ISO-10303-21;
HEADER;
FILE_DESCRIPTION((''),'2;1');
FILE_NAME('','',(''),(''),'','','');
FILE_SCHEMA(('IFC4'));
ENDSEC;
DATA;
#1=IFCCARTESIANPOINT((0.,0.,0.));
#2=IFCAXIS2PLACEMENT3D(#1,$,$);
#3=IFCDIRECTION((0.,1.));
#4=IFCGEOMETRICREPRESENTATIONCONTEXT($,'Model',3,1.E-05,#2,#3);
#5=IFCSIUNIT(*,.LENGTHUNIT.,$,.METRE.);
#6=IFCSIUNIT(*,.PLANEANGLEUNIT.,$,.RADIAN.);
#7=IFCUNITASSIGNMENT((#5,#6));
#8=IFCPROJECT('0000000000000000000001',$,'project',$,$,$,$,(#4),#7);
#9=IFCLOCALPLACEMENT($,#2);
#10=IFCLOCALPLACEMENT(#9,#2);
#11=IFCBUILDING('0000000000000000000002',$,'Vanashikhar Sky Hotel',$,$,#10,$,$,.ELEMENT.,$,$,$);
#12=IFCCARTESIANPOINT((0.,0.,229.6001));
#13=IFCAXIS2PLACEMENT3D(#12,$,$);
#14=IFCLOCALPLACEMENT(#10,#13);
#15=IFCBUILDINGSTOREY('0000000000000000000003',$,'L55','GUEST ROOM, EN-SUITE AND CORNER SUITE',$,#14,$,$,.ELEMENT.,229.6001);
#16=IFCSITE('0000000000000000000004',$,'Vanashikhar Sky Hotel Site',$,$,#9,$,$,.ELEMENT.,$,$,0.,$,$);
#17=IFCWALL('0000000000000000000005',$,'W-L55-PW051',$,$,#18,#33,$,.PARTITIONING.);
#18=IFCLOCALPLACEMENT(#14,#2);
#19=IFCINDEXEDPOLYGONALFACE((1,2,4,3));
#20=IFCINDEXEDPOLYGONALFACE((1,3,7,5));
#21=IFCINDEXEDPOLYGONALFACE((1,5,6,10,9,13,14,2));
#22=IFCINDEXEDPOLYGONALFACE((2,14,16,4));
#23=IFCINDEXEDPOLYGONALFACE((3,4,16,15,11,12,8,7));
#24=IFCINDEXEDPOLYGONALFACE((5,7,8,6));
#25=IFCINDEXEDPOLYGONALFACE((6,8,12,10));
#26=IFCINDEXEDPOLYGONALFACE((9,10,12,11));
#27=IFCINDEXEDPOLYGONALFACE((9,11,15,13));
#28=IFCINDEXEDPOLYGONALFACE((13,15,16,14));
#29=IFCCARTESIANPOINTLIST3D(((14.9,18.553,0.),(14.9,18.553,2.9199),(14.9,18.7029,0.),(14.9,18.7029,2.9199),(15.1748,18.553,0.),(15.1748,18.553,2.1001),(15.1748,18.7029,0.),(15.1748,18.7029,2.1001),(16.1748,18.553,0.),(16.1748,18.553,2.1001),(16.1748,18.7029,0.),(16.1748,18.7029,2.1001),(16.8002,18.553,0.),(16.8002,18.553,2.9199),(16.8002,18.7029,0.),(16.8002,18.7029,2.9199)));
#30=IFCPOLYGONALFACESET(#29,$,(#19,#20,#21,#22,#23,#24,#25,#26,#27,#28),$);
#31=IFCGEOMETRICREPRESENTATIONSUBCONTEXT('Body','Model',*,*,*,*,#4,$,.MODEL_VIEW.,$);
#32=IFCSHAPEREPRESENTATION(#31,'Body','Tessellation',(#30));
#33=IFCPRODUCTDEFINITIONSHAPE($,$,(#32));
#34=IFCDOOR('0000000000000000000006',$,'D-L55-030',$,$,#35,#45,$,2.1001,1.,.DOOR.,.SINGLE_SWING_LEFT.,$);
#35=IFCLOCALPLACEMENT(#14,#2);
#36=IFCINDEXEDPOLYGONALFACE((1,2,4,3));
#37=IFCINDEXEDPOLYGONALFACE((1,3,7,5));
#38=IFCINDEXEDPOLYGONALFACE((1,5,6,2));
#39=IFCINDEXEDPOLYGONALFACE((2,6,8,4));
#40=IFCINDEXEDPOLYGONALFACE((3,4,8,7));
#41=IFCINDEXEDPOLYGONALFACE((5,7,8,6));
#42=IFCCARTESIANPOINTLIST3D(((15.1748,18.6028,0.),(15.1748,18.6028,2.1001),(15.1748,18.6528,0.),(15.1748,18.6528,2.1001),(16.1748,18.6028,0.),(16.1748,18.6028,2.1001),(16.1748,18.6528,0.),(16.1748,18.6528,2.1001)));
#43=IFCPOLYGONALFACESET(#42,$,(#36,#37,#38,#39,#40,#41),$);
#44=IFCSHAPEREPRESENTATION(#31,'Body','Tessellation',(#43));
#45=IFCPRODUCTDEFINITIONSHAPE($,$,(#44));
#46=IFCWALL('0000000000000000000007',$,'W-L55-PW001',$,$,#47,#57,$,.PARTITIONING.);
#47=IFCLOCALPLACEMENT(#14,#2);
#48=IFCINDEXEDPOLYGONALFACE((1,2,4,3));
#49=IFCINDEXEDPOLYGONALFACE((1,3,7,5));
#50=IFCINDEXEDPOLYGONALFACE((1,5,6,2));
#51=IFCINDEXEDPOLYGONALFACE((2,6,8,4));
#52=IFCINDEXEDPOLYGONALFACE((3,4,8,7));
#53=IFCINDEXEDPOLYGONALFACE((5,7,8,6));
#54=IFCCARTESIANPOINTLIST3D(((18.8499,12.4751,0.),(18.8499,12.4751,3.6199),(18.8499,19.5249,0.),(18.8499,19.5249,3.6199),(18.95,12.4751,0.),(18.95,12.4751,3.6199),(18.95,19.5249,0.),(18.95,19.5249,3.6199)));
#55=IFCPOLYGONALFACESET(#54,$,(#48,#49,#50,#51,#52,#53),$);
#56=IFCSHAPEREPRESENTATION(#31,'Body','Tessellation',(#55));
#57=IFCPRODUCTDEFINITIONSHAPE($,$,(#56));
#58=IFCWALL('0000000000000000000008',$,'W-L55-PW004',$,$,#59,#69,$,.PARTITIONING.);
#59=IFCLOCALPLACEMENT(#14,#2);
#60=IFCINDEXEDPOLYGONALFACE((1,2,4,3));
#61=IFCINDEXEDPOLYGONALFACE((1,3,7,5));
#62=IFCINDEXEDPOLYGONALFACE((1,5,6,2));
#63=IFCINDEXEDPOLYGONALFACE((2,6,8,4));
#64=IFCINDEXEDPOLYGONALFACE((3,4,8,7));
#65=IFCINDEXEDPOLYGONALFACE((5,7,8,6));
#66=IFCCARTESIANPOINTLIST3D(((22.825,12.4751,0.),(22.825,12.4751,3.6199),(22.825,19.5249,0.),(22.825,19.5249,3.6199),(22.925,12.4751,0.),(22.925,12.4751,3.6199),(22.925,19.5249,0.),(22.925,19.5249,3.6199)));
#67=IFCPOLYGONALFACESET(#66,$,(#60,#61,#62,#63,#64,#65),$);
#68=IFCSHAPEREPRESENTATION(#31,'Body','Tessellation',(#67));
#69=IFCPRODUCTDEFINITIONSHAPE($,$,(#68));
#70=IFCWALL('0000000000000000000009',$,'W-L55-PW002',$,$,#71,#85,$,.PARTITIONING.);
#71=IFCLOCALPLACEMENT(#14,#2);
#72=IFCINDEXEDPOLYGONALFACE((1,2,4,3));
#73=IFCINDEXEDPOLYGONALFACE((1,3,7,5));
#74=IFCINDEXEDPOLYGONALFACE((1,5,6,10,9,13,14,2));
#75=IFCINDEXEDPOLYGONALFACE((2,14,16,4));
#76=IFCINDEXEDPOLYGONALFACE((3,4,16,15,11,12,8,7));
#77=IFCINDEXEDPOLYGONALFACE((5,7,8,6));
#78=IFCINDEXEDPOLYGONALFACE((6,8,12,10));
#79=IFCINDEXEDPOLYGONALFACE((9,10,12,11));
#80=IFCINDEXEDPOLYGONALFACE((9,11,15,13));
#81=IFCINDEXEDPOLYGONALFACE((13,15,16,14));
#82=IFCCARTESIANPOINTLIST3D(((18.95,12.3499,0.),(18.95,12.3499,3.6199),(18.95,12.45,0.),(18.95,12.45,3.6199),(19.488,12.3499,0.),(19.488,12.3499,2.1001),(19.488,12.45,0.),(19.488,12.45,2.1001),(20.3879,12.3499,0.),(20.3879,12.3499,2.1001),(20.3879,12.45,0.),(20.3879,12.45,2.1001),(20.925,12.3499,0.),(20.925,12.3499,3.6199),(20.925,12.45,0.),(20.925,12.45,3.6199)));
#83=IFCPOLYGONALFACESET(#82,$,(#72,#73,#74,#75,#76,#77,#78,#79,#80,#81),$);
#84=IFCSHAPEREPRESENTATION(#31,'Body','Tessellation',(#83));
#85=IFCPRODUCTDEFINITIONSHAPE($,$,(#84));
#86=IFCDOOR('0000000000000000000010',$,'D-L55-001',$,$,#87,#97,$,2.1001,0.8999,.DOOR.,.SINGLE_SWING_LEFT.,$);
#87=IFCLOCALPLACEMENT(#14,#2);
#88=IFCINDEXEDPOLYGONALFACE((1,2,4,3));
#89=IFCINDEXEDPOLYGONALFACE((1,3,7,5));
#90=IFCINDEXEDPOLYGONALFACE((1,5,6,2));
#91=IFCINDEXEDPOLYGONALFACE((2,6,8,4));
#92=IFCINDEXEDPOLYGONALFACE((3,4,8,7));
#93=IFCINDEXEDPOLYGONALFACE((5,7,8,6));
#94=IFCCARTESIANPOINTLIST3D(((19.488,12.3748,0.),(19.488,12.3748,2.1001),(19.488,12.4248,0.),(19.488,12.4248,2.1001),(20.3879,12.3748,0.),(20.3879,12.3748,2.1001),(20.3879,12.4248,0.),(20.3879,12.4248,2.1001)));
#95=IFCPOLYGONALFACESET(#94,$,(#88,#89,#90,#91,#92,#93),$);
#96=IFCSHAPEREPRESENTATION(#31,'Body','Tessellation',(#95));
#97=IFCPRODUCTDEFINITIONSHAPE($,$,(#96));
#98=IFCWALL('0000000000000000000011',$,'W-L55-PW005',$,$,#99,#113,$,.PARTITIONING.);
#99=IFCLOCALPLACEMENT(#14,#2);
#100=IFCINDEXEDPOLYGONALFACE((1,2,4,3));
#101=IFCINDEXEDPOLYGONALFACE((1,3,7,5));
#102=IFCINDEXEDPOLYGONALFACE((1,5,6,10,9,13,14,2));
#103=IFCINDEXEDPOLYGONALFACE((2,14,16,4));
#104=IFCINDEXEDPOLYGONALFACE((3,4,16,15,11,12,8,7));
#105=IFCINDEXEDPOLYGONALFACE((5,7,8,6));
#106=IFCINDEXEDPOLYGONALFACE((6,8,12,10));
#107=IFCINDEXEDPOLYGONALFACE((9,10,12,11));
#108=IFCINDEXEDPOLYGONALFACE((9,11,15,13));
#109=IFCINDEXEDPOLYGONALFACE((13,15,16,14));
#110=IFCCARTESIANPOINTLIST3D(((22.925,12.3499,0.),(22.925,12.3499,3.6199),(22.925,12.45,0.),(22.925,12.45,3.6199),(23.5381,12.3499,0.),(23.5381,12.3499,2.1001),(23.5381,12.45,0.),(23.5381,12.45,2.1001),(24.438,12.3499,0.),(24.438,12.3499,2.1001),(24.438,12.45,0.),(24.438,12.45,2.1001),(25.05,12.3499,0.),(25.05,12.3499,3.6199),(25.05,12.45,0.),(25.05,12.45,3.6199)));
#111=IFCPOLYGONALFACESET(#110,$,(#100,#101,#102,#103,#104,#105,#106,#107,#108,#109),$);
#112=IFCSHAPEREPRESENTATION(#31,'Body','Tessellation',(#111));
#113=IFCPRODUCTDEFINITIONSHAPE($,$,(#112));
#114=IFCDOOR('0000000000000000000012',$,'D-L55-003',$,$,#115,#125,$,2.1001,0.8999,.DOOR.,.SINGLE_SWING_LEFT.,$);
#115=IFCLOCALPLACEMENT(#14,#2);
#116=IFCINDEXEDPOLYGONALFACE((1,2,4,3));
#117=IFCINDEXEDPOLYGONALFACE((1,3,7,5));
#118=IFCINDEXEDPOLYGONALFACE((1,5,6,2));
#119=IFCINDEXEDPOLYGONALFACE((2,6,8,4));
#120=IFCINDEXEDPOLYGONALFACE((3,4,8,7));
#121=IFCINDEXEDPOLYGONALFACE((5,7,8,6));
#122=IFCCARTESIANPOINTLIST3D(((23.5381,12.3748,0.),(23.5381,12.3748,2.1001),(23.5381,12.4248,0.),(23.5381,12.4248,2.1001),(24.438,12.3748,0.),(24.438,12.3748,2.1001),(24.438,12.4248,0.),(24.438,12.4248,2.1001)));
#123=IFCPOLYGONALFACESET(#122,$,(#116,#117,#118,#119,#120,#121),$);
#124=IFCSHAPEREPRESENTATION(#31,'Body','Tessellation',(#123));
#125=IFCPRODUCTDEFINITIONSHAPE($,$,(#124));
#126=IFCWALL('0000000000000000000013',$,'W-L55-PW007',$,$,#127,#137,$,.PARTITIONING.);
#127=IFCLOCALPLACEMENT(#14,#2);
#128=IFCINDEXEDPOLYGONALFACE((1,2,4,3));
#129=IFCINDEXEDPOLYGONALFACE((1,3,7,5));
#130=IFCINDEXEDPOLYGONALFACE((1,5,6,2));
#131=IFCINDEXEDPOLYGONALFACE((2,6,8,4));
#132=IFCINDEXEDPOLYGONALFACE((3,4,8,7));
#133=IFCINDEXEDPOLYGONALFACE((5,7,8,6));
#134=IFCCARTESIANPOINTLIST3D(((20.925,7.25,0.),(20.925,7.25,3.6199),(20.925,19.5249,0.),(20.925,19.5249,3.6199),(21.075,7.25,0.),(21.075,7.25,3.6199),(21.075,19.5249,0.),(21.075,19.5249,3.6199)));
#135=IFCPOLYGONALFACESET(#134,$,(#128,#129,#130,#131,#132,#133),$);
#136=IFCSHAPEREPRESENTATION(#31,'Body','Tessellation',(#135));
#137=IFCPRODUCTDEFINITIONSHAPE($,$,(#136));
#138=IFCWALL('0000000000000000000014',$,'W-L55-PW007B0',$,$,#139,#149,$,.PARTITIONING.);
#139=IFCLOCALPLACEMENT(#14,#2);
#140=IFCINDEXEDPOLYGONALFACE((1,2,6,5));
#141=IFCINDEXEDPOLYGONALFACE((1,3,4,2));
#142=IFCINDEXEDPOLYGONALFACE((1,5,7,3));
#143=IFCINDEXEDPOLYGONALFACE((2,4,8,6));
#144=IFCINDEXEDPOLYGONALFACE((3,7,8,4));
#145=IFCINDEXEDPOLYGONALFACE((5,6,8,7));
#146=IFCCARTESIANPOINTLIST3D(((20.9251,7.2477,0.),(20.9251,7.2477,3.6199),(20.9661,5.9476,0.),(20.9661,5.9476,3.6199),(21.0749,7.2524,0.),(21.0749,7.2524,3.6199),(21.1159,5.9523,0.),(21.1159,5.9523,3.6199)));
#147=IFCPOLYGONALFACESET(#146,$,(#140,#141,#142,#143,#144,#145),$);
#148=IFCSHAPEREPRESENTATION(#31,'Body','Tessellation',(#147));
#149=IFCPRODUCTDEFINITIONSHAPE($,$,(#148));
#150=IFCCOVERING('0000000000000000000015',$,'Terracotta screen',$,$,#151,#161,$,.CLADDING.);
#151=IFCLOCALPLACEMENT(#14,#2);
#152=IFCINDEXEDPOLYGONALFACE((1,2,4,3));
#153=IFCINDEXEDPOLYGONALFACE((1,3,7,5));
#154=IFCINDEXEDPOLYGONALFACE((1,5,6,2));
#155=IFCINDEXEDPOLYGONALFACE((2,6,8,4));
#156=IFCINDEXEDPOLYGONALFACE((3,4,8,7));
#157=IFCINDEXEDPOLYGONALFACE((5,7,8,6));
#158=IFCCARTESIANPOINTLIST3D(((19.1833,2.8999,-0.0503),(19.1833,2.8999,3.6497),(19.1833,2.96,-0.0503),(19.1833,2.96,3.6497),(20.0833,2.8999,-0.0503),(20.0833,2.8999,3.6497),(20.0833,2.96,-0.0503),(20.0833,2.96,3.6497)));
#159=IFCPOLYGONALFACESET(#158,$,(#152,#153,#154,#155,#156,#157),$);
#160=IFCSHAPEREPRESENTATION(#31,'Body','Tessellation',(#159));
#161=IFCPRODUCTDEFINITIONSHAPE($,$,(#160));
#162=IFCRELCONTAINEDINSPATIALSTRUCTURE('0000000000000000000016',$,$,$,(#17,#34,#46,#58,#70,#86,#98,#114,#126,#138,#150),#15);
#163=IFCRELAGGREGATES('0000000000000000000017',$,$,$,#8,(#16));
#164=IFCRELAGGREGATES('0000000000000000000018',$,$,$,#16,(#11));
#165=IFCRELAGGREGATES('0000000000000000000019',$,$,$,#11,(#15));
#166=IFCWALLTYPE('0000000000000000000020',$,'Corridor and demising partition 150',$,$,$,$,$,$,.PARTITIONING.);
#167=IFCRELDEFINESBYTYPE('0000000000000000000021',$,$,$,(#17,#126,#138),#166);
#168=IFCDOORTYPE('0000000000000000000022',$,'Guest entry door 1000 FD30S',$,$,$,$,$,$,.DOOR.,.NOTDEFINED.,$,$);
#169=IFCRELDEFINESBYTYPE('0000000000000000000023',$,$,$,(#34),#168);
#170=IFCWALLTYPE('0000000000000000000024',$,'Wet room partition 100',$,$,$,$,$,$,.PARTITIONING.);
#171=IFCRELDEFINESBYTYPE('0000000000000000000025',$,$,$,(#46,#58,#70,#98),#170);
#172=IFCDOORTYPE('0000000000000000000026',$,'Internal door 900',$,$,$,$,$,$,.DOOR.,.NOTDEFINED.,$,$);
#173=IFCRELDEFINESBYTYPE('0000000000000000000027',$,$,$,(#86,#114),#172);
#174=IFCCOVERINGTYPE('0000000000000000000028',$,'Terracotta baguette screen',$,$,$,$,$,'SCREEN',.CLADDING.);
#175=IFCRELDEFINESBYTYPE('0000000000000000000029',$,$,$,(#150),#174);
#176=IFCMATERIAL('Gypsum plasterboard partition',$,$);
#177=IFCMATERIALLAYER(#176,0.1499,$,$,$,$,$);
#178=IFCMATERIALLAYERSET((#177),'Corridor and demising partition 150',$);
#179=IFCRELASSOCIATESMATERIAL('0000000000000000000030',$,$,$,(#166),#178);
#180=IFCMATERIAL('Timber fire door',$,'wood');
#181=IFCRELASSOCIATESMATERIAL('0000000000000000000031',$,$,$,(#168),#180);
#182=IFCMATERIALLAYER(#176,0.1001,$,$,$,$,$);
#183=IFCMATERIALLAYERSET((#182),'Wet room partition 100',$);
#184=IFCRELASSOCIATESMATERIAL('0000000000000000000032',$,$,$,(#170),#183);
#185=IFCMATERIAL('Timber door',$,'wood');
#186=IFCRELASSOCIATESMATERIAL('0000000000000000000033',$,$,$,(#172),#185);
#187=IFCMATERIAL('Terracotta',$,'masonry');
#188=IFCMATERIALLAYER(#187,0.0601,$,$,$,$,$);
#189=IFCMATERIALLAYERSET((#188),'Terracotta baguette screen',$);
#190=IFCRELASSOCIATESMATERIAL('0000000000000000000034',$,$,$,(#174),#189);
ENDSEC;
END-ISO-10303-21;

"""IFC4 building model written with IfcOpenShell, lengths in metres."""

from ifc_helpers import new_model, si_unit, direction, frame, frame_2d, origin, origin_2d, place, context, subcontext, project, spatial, rectangle, extrude, source, transform, mapped, material, layer, layer_set, type_object, element, fill, save


model = new_model("IFC4")

# Units and contexts
model_context = context("Model", 3, precision=1e-05, world=origin(), true_north=direction((0.0, 1.0)))
body_context = subcontext(model_context, "Body", "Model", "MODEL_VIEW")
ifc_project = project(units=[si_unit("LENGTHUNIT", "METRE"), si_unit("PLANEANGLEUNIT", "RADIAN")], contexts=[model_context])

# Site, building, storey
site_placement = place(None, origin())
site = spatial("IfcSite", under=ifc_project, at=site_placement, Name="Vanashikhar Sky Hotel Site", CompositionType="ELEMENT", RefElevation=0.0)
building_placement = place(site_placement, origin())
building = spatial("IfcBuilding", under=site, at=building_placement, Name="Vanashikhar Sky Hotel", CompositionType="ELEMENT")
storey_placement = place(building_placement, frame((0.0, 0.0, 229.6001)))
storey = spatial("IfcBuildingStorey", under=building, at=storey_placement, Name="L55", Description="GUEST ROOM, EN-SUITE AND CORNER SUITE", CompositionType="ELEMENT", Elevation=229.6001)

# Wall, opening, door
ifc_material_1 = material(Name="Gypsum plasterboard partition")
ifc_layer_1 = layer(ifc_material_1, 0.1499)
ifc_layer_set_1 = layer_set([ifc_layer_1], Name="Corridor and demising partition 150")
wall_type_1 = type_object("IfcWallType", Name="Corridor and demising partition 150", PredefinedType="PARTITIONING", material=ifc_layer_set_1)
shared_shape_1 = source(origin(), body_context, "Body", "SweptSolid", [
    extrude(rectangle(XDim=1.9001, YDim=0.1499, at=frame_2d((0.9502, 0.0))), origin(), (0.0, 0.0, 1.0), 2.9199),
])
wall_1_placement = place(storey_placement, frame((14.8999, 18.6279, 0.0), z_axis=(0.0, 0.0, 1.0), x_axis=(1.0, 0.0, 0.0)))
wall_1 = element("IfcWall", 1, at=wall_1_placement, inside=storey, type_object=wall_type_1, Name="W-L55-PW051", PredefinedType="PARTITIONING", context=body_context, shape_type="MappedRepresentation", body=[
    mapped(shared_shape_1, transform((0.0, 0.0, 0.0), scale=1.0)),
])
shared_shape_2 = source(origin(), body_context, "Body", "SweptSolid", [
    extrude(rectangle(XDim=1.0, YDim=2.1001, at=frame_2d((0.5, 1.05))), frame((0.0, 0.085, 0.0), z_axis=(0.0, -1.0, 0.0), x_axis=(1.0, 0.0, 0.0)), (0.0, 0.0, 1.0), 0.1699),
])
opening_1_placement = place(wall_1_placement, frame((0.2749, 0.0, 0.0)))
opening_1 = element("IfcOpeningElement", 2, at=opening_1_placement, cuts=wall_1, PredefinedType="OPENING", context=body_context, shape_type="MappedRepresentation", body=[
    mapped(shared_shape_2, transform((0.0, 0.0, 0.0), scale=1.0)),
])
ifc_material_2 = material(Name="Timber fire door", Category="wood")
door_type_1 = type_object("IfcDoorType", Name="Guest entry door 1000 FD30S", OperationType="NOTDEFINED", PredefinedType="DOOR", material=ifc_material_2)
shared_shape_3 = source(origin(), body_context, "Body", "SweptSolid", [
    extrude(rectangle(XDim=1.0, YDim=2.1001, at=frame_2d((0.5, 1.05))), frame((0.0, 0.0249, 0.0), z_axis=(0.0, -1.0, 0.0), x_axis=(1.0, 0.0, 0.0)), (0.0, 0.0, 1.0), 0.05),
])
door_1_placement = place(opening_1_placement, origin())
door_1 = element("IfcDoor", 3, at=door_1_placement, inside=storey, type_object=door_type_1, Name="D-L55-030", OperationType="SINGLE_SWING_LEFT", OverallHeight=2.1001, OverallWidth=1.0, PredefinedType="DOOR", context=body_context, shape_type="MappedRepresentation", body=[
    mapped(shared_shape_3, transform((0.0, 0.0, 0.0), scale=1.0)),
])
fill(opening_1, door_1)

# Walls
ifc_layer_2 = layer(ifc_material_1, 0.1001)
ifc_layer_set_2 = layer_set([ifc_layer_2], Name="Wet room partition 100")
wall_type_2 = type_object("IfcWallType", Name="Wet room partition 100", PredefinedType="PARTITIONING", material=ifc_layer_set_2)
shared_shape_4 = source(origin(), body_context, "Body", "SweptSolid", [
    extrude(rectangle(XDim=7.0498, YDim=0.1001, at=frame_2d((3.5249, 0.0))), origin(), (0.0, 0.0, 1.0), 3.6199),
])
for number, where, z_axis, x_axis, name in (
    (4, (18.8999, 12.4751, 0.0), (0.0, 0.0, 1.0), (0.0, 1.0, 0.0), "W-L55-PW001"),
    (5, (22.875, 12.4751, 0.0), (0.0, 0.0, 1.0), (0.0, 1.0, 0.0), "W-L55-PW004"),
):
    element("IfcWall", number, at=place(storey_placement, frame(where, z_axis=z_axis, x_axis=x_axis)), inside=storey, type_object=wall_type_2, Name=name, PredefinedType="PARTITIONING", context=body_context, shape_type="MappedRepresentation", body=[
        mapped(shared_shape_4, transform((0.0, 0.0, 0.0), scale=1.0)),
    ])

# Walls, openings, doors
shared_shape_5 = source(origin(), body_context, "Body", "SweptSolid", [
    extrude(rectangle(XDim=1.9751, YDim=0.1001, at=frame_2d((0.9875, 0.0))), origin(), (0.0, 0.0, 1.0), 3.6199),
])
wall_2_placement = place(storey_placement, frame((18.95, 12.3999, 0.0), z_axis=(0.0, 0.0, 1.0), x_axis=(1.0, 0.0, 0.0)))
wall_2 = element("IfcWall", 6, at=wall_2_placement, inside=storey, type_object=wall_type_2, Name="W-L55-PW002", PredefinedType="PARTITIONING", context=body_context, shape_type="MappedRepresentation", body=[
    mapped(shared_shape_5, transform((0.0, 0.0, 0.0), scale=1.0)),
])
shared_shape_6 = source(origin(), body_context, "Body", "SweptSolid", [
    extrude(rectangle(XDim=0.8999, YDim=2.1001, at=frame_2d((0.45, 1.05))), frame((0.0, 0.0601, 0.0), z_axis=(0.0, -1.0, 0.0), x_axis=(1.0, 0.0, 0.0)), (0.0, 0.0, 1.0), 0.1201),
])
opening_2_placement = place(wall_2_placement, frame((0.5381, 0.0, 0.0)))
opening_2 = element("IfcOpeningElement", 7, at=opening_2_placement, cuts=wall_2, PredefinedType="OPENING", context=body_context, shape_type="MappedRepresentation", body=[
    mapped(shared_shape_6, transform((0.0, 0.0, 0.0), scale=1.0)),
])
ifc_material_3 = material(Name="Timber door", Category="wood")
door_type_2 = type_object("IfcDoorType", Name="Internal door 900", OperationType="NOTDEFINED", PredefinedType="DOOR", material=ifc_material_3)
shared_shape_7 = source(origin(), body_context, "Body", "SweptSolid", [
    extrude(rectangle(XDim=0.8999, YDim=2.1001, at=frame_2d((0.45, 1.05))), frame((0.0, 0.0249, 0.0), z_axis=(0.0, -1.0, 0.0), x_axis=(1.0, 0.0, 0.0)), (0.0, 0.0, 1.0), 0.05),
])
door_2_placement = place(opening_2_placement, origin())
door_2 = element("IfcDoor", 8, at=door_2_placement, inside=storey, type_object=door_type_2, Name="D-L55-001", OperationType="SINGLE_SWING_LEFT", OverallHeight=2.1001, OverallWidth=0.8999, PredefinedType="DOOR", context=body_context, shape_type="MappedRepresentation", body=[
    mapped(shared_shape_7, transform((0.0, 0.0, 0.0), scale=1.0)),
])
fill(opening_2, door_2)
shared_shape_8 = source(origin(), body_context, "Body", "SweptSolid", [
    extrude(rectangle(XDim=2.125, YDim=0.1001, at=frame_2d((1.0625, 0.0))), origin(), (0.0, 0.0, 1.0), 3.6199),
])
wall_3_placement = place(storey_placement, frame((22.925, 12.3999, 0.0), z_axis=(0.0, 0.0, 1.0), x_axis=(1.0, 0.0, 0.0)))
wall_3 = element("IfcWall", 9, at=wall_3_placement, inside=storey, type_object=wall_type_2, Name="W-L55-PW005", PredefinedType="PARTITIONING", context=body_context, shape_type="MappedRepresentation", body=[
    mapped(shared_shape_8, transform((0.0, 0.0, 0.0), scale=1.0)),
])
opening_3_placement = place(wall_3_placement, frame((0.613, 0.0, 0.0)))
opening_3 = element("IfcOpeningElement", 10, at=opening_3_placement, cuts=wall_3, PredefinedType="OPENING", context=body_context, shape_type="MappedRepresentation", body=[
    mapped(shared_shape_6, transform((0.0, 0.0, 0.0), scale=1.0)),
])
door_3_placement = place(opening_3_placement, origin())
door_3 = element("IfcDoor", 11, at=door_3_placement, inside=storey, type_object=door_type_2, Name="D-L55-003", OperationType="SINGLE_SWING_LEFT", OverallHeight=2.1001, OverallWidth=0.8999, PredefinedType="DOOR", context=body_context, shape_type="MappedRepresentation", body=[
    mapped(shared_shape_7, transform((0.0, 0.0, 0.0), scale=1.0)),
])
fill(opening_3, door_3)

# Walls
shared_shape_9 = source(origin(), body_context, "Body", "SweptSolid", [
    extrude(rectangle(XDim=12.2749, YDim=0.1499, at=frame_2d((6.1375, 0.0))), origin(), (0.0, 0.0, 1.0), 3.6199),
])
wall_4_placement = place(storey_placement, frame((21.0, 7.25, 0.0), z_axis=(0.0, 0.0, 1.0), x_axis=(0.0, 1.0, 0.0)))
element("IfcWall", 12, at=wall_4_placement, inside=storey, type_object=wall_type_1, Name="W-L55-PW007", PredefinedType="PARTITIONING", context=body_context, shape_type="MappedRepresentation", body=[
    mapped(shared_shape_9, transform((0.0, 0.0, 0.0), scale=1.0)),
])
shared_shape_10 = source(origin(), body_context, "Body", "SweptSolid", [
    extrude(rectangle(XDim=1.3008, YDim=0.1499, at=frame_2d((0.6504, 0.0))), origin(), (0.0, 0.0, 1.0), 3.6199),
])
wall_5_placement = place(storey_placement, frame((21.041, 5.95, 0.0), z_axis=(0.0, 0.0, 1.0), x_axis=(-0.031534, 0.999503, 0.0)))
element("IfcWall", 13, at=wall_5_placement, inside=storey, type_object=wall_type_1, Name="W-L55-PW007B0", PredefinedType="PARTITIONING", context=body_context, shape_type="MappedRepresentation", body=[
    mapped(shared_shape_10, transform((0.0, 0.0, 0.0), scale=1.0)),
])

# Covering
ifc_material_4 = material(Name="Terracotta", Category="masonry")
ifc_layer_3 = layer(ifc_material_4, 0.0601)
ifc_layer_set_3 = layer_set([ifc_layer_3], Name="Terracotta baguette screen")
covering_type = type_object("IfcCoveringType", Name="Terracotta baguette screen", ElementType="SCREEN", PredefinedType="CLADDING", material=ifc_layer_set_3)
shared_shape_11 = source(origin(), body_context, "Body", "SweptSolid", [
    extrude(rectangle(XDim=0.8999, YDim=0.0601, at=origin_2d()), origin(), (0.0, 0.0, 1.0), 3.7),
])
for number, where, z_axis, x_axis, name in (
    (14, (19.6333, 2.9299, -0.0503), (0.0, 0.0, 1.0), (1.0, 0.0, 0.0), "Terracotta screen"),
):
    element("IfcCovering", number, at=place(storey_placement, frame(where, z_axis=z_axis, x_axis=x_axis)), inside=storey, type_object=covering_type, Name=name, PredefinedType="CLADDING", context=body_context, shape_type="MappedRepresentation", body=[
        mapped(shared_shape_11, transform((0.0, 0.0, 0.0), scale=1.0)),
    ])

save(model, "model.ifc")
